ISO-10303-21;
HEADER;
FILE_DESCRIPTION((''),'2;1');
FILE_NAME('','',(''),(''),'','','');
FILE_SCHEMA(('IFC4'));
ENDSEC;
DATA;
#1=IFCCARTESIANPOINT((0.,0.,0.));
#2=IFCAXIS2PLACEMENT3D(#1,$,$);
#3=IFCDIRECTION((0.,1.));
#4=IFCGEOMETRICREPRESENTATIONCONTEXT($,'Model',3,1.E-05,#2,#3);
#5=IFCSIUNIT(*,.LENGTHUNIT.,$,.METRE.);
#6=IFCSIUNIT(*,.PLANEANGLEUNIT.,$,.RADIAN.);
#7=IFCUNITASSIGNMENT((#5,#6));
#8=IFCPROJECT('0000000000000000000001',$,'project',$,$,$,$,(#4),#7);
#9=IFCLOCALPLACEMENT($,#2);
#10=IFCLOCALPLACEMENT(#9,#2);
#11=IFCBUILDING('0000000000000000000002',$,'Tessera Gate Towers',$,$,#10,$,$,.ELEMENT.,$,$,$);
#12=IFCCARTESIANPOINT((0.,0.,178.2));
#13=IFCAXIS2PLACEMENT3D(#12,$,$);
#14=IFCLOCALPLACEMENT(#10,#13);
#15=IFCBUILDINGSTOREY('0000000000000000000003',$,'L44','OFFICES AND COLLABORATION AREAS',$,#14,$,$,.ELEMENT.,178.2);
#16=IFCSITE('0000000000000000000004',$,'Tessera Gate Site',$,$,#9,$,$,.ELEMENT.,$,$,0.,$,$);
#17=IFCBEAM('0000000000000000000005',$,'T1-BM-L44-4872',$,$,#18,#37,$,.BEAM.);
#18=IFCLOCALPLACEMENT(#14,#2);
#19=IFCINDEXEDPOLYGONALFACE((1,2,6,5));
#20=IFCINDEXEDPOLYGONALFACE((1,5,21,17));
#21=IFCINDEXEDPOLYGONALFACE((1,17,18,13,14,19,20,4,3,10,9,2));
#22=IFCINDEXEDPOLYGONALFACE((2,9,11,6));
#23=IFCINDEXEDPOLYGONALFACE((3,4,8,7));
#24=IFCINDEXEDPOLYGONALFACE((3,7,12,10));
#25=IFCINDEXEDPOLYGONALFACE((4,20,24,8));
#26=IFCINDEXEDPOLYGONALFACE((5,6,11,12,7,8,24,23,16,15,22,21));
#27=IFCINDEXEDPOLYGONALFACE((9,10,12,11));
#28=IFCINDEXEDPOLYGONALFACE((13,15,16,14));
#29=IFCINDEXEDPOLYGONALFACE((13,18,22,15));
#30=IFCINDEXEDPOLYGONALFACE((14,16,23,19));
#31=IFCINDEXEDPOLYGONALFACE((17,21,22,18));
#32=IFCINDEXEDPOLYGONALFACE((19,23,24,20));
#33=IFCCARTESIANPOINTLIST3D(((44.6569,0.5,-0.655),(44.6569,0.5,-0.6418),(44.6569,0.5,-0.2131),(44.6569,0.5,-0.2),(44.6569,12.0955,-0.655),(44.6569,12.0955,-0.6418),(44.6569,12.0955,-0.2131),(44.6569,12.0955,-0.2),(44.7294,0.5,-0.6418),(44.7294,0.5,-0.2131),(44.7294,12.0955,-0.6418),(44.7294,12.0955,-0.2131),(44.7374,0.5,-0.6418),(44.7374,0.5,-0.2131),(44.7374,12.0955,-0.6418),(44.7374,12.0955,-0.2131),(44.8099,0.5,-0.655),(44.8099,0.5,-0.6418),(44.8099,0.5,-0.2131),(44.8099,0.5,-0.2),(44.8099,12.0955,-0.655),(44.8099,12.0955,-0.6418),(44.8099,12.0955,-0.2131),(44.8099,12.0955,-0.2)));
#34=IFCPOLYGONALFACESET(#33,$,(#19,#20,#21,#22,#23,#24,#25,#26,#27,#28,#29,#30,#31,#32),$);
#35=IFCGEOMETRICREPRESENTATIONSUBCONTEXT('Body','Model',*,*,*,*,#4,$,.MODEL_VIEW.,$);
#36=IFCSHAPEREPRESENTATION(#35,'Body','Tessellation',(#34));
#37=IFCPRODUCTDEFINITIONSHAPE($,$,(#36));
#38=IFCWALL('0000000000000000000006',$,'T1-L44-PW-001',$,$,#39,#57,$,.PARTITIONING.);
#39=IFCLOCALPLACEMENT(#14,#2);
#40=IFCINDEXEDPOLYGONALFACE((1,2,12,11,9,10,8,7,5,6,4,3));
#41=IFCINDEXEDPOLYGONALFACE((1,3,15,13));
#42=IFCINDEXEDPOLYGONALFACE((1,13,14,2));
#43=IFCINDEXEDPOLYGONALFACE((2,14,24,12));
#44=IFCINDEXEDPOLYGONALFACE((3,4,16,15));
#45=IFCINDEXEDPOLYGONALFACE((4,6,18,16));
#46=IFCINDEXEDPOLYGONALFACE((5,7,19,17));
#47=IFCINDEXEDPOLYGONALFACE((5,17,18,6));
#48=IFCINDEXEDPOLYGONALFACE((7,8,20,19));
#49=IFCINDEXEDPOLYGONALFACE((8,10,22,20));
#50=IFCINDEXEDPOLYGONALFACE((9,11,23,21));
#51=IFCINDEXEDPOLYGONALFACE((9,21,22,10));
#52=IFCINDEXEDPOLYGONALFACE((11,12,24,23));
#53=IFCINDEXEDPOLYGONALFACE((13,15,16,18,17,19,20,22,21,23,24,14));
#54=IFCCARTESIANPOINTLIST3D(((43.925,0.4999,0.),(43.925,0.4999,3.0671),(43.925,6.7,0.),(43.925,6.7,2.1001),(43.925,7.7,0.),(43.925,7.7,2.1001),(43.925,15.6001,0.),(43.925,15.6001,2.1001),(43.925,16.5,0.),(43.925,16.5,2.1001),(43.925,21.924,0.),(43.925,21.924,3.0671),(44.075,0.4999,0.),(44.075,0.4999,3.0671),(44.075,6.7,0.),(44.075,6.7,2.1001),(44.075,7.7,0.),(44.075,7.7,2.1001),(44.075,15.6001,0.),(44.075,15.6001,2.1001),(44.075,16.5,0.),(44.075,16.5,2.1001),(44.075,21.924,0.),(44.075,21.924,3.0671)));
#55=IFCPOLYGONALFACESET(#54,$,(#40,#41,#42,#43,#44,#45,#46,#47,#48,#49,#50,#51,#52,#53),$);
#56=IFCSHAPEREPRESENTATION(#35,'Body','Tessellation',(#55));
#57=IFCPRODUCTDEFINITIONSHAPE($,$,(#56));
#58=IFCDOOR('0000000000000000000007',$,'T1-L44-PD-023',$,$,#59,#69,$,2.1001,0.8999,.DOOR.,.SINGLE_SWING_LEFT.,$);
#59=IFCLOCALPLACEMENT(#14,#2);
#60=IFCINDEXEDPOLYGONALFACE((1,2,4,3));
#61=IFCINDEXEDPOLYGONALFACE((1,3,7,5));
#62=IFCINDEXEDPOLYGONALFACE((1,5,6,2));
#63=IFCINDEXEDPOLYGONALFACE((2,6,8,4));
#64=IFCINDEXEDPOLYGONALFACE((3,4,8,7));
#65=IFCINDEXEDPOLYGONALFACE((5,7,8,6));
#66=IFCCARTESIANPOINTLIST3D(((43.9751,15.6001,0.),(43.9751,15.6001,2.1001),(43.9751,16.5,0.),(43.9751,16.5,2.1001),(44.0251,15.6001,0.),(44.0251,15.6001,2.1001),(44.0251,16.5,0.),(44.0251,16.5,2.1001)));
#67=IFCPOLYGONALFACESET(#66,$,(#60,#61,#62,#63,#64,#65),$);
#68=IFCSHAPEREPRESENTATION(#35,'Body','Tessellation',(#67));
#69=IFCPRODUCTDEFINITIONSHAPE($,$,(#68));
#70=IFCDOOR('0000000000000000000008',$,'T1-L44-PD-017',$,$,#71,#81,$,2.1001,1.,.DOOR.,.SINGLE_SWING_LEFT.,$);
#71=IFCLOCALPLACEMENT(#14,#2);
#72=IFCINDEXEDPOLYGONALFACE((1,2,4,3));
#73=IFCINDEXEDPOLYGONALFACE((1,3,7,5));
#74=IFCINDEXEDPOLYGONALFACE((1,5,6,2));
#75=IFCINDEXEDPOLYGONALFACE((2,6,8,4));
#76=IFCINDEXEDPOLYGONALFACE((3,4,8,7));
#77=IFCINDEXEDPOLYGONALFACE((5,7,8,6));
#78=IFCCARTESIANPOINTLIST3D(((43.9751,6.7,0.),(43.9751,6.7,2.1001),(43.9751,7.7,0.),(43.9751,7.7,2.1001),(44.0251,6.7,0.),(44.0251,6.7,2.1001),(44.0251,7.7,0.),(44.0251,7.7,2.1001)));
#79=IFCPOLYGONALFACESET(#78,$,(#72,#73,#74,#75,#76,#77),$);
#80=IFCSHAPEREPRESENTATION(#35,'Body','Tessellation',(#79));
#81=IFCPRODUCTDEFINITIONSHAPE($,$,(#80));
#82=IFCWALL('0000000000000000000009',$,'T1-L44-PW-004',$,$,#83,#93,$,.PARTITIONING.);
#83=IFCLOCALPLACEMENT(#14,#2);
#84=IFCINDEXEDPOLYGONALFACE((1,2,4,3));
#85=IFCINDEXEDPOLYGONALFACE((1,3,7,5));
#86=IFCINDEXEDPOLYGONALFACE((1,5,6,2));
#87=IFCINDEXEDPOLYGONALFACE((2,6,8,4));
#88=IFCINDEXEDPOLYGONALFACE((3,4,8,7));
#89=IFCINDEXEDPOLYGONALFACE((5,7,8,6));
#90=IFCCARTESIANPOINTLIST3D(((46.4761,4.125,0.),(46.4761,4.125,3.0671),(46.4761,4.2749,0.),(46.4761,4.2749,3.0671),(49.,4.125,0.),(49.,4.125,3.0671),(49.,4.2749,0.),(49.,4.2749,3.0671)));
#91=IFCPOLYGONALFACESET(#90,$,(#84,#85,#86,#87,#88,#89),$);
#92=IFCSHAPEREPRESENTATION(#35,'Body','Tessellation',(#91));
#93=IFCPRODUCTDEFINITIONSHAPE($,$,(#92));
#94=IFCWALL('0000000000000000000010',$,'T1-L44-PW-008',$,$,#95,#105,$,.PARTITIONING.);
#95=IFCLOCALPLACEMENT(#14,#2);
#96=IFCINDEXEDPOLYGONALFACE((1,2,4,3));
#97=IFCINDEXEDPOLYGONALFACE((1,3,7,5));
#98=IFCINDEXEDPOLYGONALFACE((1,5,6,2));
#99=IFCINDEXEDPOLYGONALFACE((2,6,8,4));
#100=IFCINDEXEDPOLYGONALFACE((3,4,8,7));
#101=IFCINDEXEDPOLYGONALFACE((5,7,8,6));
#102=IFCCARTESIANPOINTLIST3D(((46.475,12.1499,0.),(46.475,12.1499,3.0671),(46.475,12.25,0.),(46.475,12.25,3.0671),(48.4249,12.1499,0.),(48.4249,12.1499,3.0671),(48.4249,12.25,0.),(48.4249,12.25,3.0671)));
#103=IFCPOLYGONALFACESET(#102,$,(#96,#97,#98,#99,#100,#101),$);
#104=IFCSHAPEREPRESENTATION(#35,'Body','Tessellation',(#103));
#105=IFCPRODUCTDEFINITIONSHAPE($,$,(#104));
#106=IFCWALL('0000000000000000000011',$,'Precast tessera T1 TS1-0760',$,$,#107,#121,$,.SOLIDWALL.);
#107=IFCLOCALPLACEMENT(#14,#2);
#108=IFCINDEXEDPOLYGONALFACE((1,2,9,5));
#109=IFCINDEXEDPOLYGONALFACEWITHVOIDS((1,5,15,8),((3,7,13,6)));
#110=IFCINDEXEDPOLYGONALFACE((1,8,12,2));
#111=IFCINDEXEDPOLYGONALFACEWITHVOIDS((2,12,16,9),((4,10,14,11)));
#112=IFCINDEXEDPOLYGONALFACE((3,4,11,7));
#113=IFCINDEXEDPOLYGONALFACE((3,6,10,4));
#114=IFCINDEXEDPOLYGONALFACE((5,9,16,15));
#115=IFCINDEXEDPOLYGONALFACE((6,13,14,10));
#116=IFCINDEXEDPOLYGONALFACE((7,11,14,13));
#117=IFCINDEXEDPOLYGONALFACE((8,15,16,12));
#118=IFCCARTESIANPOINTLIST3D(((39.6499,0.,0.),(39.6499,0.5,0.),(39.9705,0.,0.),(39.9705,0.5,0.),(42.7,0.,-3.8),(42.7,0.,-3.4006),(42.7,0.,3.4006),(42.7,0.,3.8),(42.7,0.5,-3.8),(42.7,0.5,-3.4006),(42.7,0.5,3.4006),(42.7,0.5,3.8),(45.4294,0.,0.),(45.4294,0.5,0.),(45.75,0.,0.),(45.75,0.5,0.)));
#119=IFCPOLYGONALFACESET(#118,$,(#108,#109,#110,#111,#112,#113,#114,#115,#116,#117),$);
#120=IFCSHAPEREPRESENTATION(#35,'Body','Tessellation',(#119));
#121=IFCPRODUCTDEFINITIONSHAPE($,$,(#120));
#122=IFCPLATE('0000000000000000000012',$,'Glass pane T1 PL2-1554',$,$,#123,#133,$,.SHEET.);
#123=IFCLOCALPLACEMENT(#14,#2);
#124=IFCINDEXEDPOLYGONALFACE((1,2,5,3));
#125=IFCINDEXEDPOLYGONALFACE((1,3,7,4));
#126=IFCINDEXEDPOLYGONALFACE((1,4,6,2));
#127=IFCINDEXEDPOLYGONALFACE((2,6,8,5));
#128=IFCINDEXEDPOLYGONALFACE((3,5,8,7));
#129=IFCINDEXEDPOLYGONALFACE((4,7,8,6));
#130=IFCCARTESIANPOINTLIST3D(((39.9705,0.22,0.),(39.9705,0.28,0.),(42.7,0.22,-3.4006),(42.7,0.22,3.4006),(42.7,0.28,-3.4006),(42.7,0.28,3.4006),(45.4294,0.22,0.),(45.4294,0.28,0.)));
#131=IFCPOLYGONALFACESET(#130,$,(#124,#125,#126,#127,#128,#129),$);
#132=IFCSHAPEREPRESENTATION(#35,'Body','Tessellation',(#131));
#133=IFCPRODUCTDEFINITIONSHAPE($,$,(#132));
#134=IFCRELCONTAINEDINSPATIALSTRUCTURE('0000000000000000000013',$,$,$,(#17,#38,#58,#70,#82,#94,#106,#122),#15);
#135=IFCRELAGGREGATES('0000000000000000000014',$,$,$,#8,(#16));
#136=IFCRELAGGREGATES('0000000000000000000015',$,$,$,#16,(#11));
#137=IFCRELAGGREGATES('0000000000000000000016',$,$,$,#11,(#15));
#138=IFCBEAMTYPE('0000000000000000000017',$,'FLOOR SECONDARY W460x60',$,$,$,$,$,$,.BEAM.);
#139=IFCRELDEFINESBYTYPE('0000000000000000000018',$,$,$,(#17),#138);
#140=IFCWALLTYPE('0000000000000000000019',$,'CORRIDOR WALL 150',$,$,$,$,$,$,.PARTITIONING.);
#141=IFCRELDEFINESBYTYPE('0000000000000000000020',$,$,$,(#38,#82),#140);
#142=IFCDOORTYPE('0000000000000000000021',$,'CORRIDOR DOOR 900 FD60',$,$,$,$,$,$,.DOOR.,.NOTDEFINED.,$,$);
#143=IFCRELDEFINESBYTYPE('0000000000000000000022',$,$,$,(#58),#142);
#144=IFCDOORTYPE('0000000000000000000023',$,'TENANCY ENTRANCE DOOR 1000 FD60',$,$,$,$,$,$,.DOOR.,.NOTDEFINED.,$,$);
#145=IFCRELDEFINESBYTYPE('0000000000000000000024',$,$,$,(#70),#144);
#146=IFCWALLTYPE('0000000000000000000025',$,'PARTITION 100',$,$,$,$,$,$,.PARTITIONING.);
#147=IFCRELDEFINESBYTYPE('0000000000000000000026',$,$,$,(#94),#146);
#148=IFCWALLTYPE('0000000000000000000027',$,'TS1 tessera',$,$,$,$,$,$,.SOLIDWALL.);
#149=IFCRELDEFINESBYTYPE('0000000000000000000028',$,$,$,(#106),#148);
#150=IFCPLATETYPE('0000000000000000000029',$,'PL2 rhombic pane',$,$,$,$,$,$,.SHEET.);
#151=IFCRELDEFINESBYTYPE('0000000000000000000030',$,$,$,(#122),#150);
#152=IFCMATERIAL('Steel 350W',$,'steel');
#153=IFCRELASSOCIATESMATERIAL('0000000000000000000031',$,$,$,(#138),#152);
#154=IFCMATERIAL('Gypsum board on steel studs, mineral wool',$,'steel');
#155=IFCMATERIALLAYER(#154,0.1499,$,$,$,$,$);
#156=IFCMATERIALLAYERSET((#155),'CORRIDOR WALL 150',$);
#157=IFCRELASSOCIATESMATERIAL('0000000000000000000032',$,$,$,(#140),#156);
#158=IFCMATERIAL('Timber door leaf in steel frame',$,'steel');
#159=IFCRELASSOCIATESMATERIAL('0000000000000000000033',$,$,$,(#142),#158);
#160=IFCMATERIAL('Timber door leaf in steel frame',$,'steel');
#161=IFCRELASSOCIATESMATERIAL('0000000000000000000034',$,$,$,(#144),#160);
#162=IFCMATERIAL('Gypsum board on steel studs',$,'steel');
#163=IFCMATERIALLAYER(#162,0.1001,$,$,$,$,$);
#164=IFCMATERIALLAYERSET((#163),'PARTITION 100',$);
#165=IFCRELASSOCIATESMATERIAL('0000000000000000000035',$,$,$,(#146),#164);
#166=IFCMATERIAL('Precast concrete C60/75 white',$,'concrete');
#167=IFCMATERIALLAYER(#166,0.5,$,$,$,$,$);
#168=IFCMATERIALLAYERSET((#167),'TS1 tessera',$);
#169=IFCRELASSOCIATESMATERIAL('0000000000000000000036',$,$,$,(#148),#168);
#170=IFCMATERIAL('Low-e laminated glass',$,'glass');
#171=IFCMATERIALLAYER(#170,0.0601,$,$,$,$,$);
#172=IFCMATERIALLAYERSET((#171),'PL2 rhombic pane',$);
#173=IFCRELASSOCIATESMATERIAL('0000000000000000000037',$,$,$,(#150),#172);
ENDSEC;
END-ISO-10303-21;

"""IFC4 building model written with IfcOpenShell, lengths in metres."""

from ifc_helpers import new_model, si_unit, direction, frame, frame_2d, origin, origin_2d, place, context, subcontext, project, spatial, polyline, rectangle, i_section, outline, extrude, source, transform, mapped, material, layer, layer_set, material_profile, profile_set, type_object, element, fill, save


model = new_model("IFC4")

# Units and contexts
model_context = context("Model", 3, precision=1e-05, world=origin(), true_north=direction((0.0, 1.0)))
body_context = subcontext(model_context, "Body", "Model", "MODEL_VIEW")
ifc_project = project(units=[si_unit("LENGTHUNIT", "METRE"), si_unit("PLANEANGLEUNIT", "RADIAN")], contexts=[model_context])

# Site, building, storey
site_placement = place(None, origin())
site = spatial("IfcSite", under=ifc_project, at=site_placement, Name="Tessera Gate Site", CompositionType="ELEMENT", RefElevation=0.0)
building_placement = place(site_placement, origin())
building = spatial("IfcBuilding", under=site, at=building_placement, Name="Tessera Gate Towers", CompositionType="ELEMENT")
storey_placement = place(building_placement, frame((0.0, 0.0, 178.2)))
storey = spatial("IfcBuildingStorey", under=building, at=storey_placement, Name="L44", Description="OFFICES AND COLLABORATION AREAS", CompositionType="ELEMENT", Elevation=178.2)

# Beam
ifc_material_1 = material(Name="Steel 350W", Category="steel")
ifc_material_profile_1 = material_profile(ifc_material_1, i_section(OverallWidth=0.1531, OverallDepth=0.4551, WebThickness=0.0081, FlangeThickness=0.0132, at=origin_2d()), Name="W460x60")
ifc_profile_set_1 = profile_set([ifc_material_profile_1], Name="Steel 350W")
beam_type_1 = type_object("IfcBeamType", Name="FLOOR SECONDARY W460x60", PredefinedType="BEAM", material=ifc_profile_set_1)
beam_1_placement = place(storey_placement, frame((44.7334, 0.5, -0.4275), z_axis=(0.0, 1.0, 0.0), x_axis=(-1.0, 0.0, 0.0)))
element("IfcBeam", 1, at=beam_1_placement, inside=storey, type_object=beam_type_1, Name="T1-BM-L44-4872", PredefinedType="BEAM", context=body_context, shape_type="SweptSolid", body=[
    extrude(i_section(OverallWidth=0.1531, OverallDepth=0.4551, WebThickness=0.0081, FlangeThickness=0.0132, at=origin_2d()), origin(), (0.0, 0.0, 1.0), 11.5955),
])

# Wall, openings, doors
ifc_material_2 = material(Name="Gypsum board on steel studs, mineral wool", Category="steel")
ifc_layer_1 = layer(ifc_material_2, 0.1499)
ifc_layer_set_1 = layer_set([ifc_layer_1], Name="CORRIDOR WALL 150")
wall_type_1 = type_object("IfcWallType", Name="CORRIDOR WALL 150", PredefinedType="PARTITIONING", material=ifc_layer_set_1)
wall_1_placement = place(storey_placement, frame((44.0, 0.5, 0.0), z_axis=(0.0, 0.0, 1.0), x_axis=(0.0, 1.0, 0.0)))
wall_1 = element("IfcWall", 2, at=wall_1_placement, inside=storey, type_object=wall_type_1, Name="T1-L44-PW-001", PredefinedType="PARTITIONING", context=body_context, shape_type="SweptSolid", body=[
    extrude(rectangle(XDim=21.4241, YDim=0.1499, at=frame_2d((10.7119, 0.0))), origin(), (0.0, 0.0, 1.0), 3.0671),
])
shared_shape_1 = source(origin(), body_context, "Body", "SweptSolid", [
    extrude(rectangle(XDim=1.0, YDim=2.1001, at=frame_2d((0.5, 1.05))), frame((0.0, 0.085, 0.0), z_axis=(0.0, -1.0, 0.0), x_axis=(1.0, 0.0, 0.0)), (0.0, 0.0, 1.0), 0.1699),
])
opening_1_placement = place(wall_1_placement, frame((6.2, 0.0, 0.0)))
opening_1 = element("IfcOpeningElement", 3, at=opening_1_placement, cuts=wall_1, PredefinedType="OPENING", context=body_context, shape_type="MappedRepresentation", body=[
    mapped(shared_shape_1, transform((0.0, 0.0, 0.0), scale=1.0)),
])
shared_shape_2 = source(origin(), body_context, "Body", "SweptSolid", [
    extrude(rectangle(XDim=0.8999, YDim=2.1001, at=frame_2d((0.45, 1.05))), frame((0.0, 0.085, 0.0), z_axis=(0.0, -1.0, 0.0), x_axis=(1.0, 0.0, 0.0)), (0.0, 0.0, 1.0), 0.1699),
])
opening_2_placement = place(wall_1_placement, frame((15.1001, 0.0, 0.0)))
opening_2 = element("IfcOpeningElement", 4, at=opening_2_placement, cuts=wall_1, PredefinedType="OPENING", context=body_context, shape_type="MappedRepresentation", body=[
    mapped(shared_shape_2, transform((0.0, 0.0, 0.0), scale=1.0)),
])
ifc_material_3 = material(Name="Timber door leaf in steel frame", Category="steel")
door_type_1 = type_object("IfcDoorType", Name="CORRIDOR DOOR 900 FD60", OperationType="NOTDEFINED", PredefinedType="DOOR", material=ifc_material_3)
shared_shape_3 = source(origin(), body_context, "Body", "SweptSolid", [
    extrude(rectangle(XDim=0.8999, YDim=2.1001, at=frame_2d((0.45, 1.05))), frame((0.0, 0.0249, 0.0), z_axis=(0.0, -1.0, 0.0), x_axis=(1.0, 0.0, 0.0)), (0.0, 0.0, 1.0), 0.05),
])
door_1_placement = place(opening_2_placement, origin())
door_1 = element("IfcDoor", 5, at=door_1_placement, inside=storey, type_object=door_type_1, Name="T1-L44-PD-023", OperationType="SINGLE_SWING_LEFT", OverallHeight=2.1001, OverallWidth=0.8999, PredefinedType="DOOR", context=body_context, shape_type="MappedRepresentation", body=[
    mapped(shared_shape_3, transform((0.0, 0.0, 0.0), scale=1.0)),
])
fill(opening_2, door_1)
ifc_material_4 = material(Name="Timber door leaf in steel frame", Category="steel")
door_type_2 = type_object("IfcDoorType", Name="TENANCY ENTRANCE DOOR 1000 FD60", OperationType="NOTDEFINED", PredefinedType="DOOR", material=ifc_material_4)
shared_shape_4 = source(origin(), body_context, "Body", "SweptSolid", [
    extrude(rectangle(XDim=1.0, YDim=2.1001, at=frame_2d((0.5, 1.05))), frame((0.0, 0.0249, 0.0), z_axis=(0.0, -1.0, 0.0), x_axis=(1.0, 0.0, 0.0)), (0.0, 0.0, 1.0), 0.05),
])
door_2_placement = place(opening_1_placement, origin())
door_2 = element("IfcDoor", 6, at=door_2_placement, inside=storey, type_object=door_type_2, Name="T1-L44-PD-017", OperationType="SINGLE_SWING_LEFT", OverallHeight=2.1001, OverallWidth=1.0, PredefinedType="DOOR", context=body_context, shape_type="MappedRepresentation", body=[
    mapped(shared_shape_4, transform((0.0, 0.0, 0.0), scale=1.0)),
])
fill(opening_1, door_2)

# Walls
wall_2_placement = place(storey_placement, frame((46.4761, 4.2, 0.0), z_axis=(0.0, 0.0, 1.0), x_axis=(1.0, 0.0, 0.0)))
element("IfcWall", 7, at=wall_2_placement, inside=storey, type_object=wall_type_1, Name="T1-L44-PW-004", PredefinedType="PARTITIONING", context=body_context, shape_type="SweptSolid", body=[
    extrude(rectangle(XDim=2.5239, YDim=0.1499, at=frame_2d((1.262, 0.0))), origin(), (0.0, 0.0, 1.0), 3.0671),
])
ifc_material_5 = material(Name="Gypsum board on steel studs", Category="steel")
ifc_layer_2 = layer(ifc_material_5, 0.1001)
ifc_layer_set_2 = layer_set([ifc_layer_2], Name="PARTITION 100")
wall_type_2 = type_object("IfcWallType", Name="PARTITION 100", PredefinedType="PARTITIONING", material=ifc_layer_set_2)
wall_3_placement = place(storey_placement, frame((48.425, 12.2, 0.0), z_axis=(0.0, 0.0, 1.0), x_axis=(-1.0, 0.0, 0.0)))
element("IfcWall", 8, at=wall_3_placement, inside=storey, type_object=wall_type_2, Name="T1-L44-PW-008", PredefinedType="PARTITIONING", context=body_context, shape_type="SweptSolid", body=[
    extrude(rectangle(XDim=1.95, YDim=0.1001, at=frame_2d((0.9751, 0.0))), origin(), (0.0, 0.0, 1.0), 3.0671),
])

# Wall, opening, plate
ifc_material_6 = material(Name="Precast concrete C60/75 white", Category="concrete")
ifc_layer_3 = layer(ifc_material_6, 0.5)
ifc_layer_set_3 = layer_set([ifc_layer_3], Name="TS1 tessera")
wall_type_3 = type_object("IfcWallType", Name="TS1 tessera", PredefinedType="SOLIDWALL", material=ifc_layer_set_3)
shared_shape_5 = source(origin(), body_context, "Body", "SweptSolid", [
    extrude(outline(polyline([(3.05, 0.0), (6.1001, 3.8), (3.05, 7.6001), (0.0, 3.8), (3.05, 0.0)])), frame((0.0, 0.25, 0.0), z_axis=(0.0, -1.0, 0.0), x_axis=(1.0, 0.0, 0.0)), (0.0, 0.0, 1.0), 0.5),
])
wall_4_placement = place(storey_placement, frame((39.6499, 0.25, -3.8), z_axis=(0.0, 0.0, 1.0), x_axis=(1.0, 0.0, 0.0)))
wall_4 = element("IfcWall", 9, at=wall_4_placement, inside=storey, type_object=wall_type_3, Name="Precast tessera T1 TS1-0760", PredefinedType="SOLIDWALL", context=body_context, shape_type="MappedRepresentation", body=[
    mapped(shared_shape_5, transform((0.0, 0.0, 0.0), scale=1.0)),
])
shared_shape_6 = source(origin(), body_context, "Body", "SweptSolid", [
    extrude(outline(polyline([(3.05, 0.3994), (5.7795, 3.8), (3.05, 7.2007), (0.3206, 3.8), (3.05, 0.3994)])), frame((0.0, 0.26, 0.0), z_axis=(0.0, -1.0, 0.0), x_axis=(1.0, 0.0, 0.0)), (0.0, 0.0, 1.0), 0.52),
])
opening_3_placement = place(wall_4_placement, origin())
opening_3 = element("IfcOpeningElement", 10, at=opening_3_placement, cuts=wall_4, PredefinedType="OPENING", context=body_context, shape_type="MappedRepresentation", body=[
    mapped(shared_shape_6, transform((0.0, 0.0, 0.0), scale=1.0)),
])
ifc_material_7 = material(Name="Low-e laminated glass", Category="glass")
ifc_layer_4 = layer(ifc_material_7, 0.0601)
ifc_layer_set_4 = layer_set([ifc_layer_4], Name="PL2 rhombic pane")
plate_type = type_object("IfcPlateType", Name="PL2 rhombic pane", PredefinedType="SHEET", material=ifc_layer_set_4)
shared_shape_7 = source(origin(), body_context, "Body", "SweptSolid", [
    extrude(outline(polyline([(3.05, 0.3994), (5.7795, 3.8), (3.05, 7.2007), (0.3206, 3.8), (3.05, 0.3994)])), frame((0.0, 0.03, 0.0), z_axis=(0.0, -1.0, 0.0), x_axis=(1.0, 0.0, 0.0)), (0.0, 0.0, 1.0), 0.0601),
])
plate_1_placement = place(opening_3_placement, origin())
plate_1 = element("IfcPlate", 11, at=plate_1_placement, inside=storey, type_object=plate_type, Name="Glass pane T1 PL2-1554", PredefinedType="SHEET", context=body_context, shape_type="MappedRepresentation", body=[
    mapped(shared_shape_7, transform((0.0, 0.0, 0.0), scale=1.0)),
])
fill(opening_3, plate_1)

save(model, "model.ifc")
